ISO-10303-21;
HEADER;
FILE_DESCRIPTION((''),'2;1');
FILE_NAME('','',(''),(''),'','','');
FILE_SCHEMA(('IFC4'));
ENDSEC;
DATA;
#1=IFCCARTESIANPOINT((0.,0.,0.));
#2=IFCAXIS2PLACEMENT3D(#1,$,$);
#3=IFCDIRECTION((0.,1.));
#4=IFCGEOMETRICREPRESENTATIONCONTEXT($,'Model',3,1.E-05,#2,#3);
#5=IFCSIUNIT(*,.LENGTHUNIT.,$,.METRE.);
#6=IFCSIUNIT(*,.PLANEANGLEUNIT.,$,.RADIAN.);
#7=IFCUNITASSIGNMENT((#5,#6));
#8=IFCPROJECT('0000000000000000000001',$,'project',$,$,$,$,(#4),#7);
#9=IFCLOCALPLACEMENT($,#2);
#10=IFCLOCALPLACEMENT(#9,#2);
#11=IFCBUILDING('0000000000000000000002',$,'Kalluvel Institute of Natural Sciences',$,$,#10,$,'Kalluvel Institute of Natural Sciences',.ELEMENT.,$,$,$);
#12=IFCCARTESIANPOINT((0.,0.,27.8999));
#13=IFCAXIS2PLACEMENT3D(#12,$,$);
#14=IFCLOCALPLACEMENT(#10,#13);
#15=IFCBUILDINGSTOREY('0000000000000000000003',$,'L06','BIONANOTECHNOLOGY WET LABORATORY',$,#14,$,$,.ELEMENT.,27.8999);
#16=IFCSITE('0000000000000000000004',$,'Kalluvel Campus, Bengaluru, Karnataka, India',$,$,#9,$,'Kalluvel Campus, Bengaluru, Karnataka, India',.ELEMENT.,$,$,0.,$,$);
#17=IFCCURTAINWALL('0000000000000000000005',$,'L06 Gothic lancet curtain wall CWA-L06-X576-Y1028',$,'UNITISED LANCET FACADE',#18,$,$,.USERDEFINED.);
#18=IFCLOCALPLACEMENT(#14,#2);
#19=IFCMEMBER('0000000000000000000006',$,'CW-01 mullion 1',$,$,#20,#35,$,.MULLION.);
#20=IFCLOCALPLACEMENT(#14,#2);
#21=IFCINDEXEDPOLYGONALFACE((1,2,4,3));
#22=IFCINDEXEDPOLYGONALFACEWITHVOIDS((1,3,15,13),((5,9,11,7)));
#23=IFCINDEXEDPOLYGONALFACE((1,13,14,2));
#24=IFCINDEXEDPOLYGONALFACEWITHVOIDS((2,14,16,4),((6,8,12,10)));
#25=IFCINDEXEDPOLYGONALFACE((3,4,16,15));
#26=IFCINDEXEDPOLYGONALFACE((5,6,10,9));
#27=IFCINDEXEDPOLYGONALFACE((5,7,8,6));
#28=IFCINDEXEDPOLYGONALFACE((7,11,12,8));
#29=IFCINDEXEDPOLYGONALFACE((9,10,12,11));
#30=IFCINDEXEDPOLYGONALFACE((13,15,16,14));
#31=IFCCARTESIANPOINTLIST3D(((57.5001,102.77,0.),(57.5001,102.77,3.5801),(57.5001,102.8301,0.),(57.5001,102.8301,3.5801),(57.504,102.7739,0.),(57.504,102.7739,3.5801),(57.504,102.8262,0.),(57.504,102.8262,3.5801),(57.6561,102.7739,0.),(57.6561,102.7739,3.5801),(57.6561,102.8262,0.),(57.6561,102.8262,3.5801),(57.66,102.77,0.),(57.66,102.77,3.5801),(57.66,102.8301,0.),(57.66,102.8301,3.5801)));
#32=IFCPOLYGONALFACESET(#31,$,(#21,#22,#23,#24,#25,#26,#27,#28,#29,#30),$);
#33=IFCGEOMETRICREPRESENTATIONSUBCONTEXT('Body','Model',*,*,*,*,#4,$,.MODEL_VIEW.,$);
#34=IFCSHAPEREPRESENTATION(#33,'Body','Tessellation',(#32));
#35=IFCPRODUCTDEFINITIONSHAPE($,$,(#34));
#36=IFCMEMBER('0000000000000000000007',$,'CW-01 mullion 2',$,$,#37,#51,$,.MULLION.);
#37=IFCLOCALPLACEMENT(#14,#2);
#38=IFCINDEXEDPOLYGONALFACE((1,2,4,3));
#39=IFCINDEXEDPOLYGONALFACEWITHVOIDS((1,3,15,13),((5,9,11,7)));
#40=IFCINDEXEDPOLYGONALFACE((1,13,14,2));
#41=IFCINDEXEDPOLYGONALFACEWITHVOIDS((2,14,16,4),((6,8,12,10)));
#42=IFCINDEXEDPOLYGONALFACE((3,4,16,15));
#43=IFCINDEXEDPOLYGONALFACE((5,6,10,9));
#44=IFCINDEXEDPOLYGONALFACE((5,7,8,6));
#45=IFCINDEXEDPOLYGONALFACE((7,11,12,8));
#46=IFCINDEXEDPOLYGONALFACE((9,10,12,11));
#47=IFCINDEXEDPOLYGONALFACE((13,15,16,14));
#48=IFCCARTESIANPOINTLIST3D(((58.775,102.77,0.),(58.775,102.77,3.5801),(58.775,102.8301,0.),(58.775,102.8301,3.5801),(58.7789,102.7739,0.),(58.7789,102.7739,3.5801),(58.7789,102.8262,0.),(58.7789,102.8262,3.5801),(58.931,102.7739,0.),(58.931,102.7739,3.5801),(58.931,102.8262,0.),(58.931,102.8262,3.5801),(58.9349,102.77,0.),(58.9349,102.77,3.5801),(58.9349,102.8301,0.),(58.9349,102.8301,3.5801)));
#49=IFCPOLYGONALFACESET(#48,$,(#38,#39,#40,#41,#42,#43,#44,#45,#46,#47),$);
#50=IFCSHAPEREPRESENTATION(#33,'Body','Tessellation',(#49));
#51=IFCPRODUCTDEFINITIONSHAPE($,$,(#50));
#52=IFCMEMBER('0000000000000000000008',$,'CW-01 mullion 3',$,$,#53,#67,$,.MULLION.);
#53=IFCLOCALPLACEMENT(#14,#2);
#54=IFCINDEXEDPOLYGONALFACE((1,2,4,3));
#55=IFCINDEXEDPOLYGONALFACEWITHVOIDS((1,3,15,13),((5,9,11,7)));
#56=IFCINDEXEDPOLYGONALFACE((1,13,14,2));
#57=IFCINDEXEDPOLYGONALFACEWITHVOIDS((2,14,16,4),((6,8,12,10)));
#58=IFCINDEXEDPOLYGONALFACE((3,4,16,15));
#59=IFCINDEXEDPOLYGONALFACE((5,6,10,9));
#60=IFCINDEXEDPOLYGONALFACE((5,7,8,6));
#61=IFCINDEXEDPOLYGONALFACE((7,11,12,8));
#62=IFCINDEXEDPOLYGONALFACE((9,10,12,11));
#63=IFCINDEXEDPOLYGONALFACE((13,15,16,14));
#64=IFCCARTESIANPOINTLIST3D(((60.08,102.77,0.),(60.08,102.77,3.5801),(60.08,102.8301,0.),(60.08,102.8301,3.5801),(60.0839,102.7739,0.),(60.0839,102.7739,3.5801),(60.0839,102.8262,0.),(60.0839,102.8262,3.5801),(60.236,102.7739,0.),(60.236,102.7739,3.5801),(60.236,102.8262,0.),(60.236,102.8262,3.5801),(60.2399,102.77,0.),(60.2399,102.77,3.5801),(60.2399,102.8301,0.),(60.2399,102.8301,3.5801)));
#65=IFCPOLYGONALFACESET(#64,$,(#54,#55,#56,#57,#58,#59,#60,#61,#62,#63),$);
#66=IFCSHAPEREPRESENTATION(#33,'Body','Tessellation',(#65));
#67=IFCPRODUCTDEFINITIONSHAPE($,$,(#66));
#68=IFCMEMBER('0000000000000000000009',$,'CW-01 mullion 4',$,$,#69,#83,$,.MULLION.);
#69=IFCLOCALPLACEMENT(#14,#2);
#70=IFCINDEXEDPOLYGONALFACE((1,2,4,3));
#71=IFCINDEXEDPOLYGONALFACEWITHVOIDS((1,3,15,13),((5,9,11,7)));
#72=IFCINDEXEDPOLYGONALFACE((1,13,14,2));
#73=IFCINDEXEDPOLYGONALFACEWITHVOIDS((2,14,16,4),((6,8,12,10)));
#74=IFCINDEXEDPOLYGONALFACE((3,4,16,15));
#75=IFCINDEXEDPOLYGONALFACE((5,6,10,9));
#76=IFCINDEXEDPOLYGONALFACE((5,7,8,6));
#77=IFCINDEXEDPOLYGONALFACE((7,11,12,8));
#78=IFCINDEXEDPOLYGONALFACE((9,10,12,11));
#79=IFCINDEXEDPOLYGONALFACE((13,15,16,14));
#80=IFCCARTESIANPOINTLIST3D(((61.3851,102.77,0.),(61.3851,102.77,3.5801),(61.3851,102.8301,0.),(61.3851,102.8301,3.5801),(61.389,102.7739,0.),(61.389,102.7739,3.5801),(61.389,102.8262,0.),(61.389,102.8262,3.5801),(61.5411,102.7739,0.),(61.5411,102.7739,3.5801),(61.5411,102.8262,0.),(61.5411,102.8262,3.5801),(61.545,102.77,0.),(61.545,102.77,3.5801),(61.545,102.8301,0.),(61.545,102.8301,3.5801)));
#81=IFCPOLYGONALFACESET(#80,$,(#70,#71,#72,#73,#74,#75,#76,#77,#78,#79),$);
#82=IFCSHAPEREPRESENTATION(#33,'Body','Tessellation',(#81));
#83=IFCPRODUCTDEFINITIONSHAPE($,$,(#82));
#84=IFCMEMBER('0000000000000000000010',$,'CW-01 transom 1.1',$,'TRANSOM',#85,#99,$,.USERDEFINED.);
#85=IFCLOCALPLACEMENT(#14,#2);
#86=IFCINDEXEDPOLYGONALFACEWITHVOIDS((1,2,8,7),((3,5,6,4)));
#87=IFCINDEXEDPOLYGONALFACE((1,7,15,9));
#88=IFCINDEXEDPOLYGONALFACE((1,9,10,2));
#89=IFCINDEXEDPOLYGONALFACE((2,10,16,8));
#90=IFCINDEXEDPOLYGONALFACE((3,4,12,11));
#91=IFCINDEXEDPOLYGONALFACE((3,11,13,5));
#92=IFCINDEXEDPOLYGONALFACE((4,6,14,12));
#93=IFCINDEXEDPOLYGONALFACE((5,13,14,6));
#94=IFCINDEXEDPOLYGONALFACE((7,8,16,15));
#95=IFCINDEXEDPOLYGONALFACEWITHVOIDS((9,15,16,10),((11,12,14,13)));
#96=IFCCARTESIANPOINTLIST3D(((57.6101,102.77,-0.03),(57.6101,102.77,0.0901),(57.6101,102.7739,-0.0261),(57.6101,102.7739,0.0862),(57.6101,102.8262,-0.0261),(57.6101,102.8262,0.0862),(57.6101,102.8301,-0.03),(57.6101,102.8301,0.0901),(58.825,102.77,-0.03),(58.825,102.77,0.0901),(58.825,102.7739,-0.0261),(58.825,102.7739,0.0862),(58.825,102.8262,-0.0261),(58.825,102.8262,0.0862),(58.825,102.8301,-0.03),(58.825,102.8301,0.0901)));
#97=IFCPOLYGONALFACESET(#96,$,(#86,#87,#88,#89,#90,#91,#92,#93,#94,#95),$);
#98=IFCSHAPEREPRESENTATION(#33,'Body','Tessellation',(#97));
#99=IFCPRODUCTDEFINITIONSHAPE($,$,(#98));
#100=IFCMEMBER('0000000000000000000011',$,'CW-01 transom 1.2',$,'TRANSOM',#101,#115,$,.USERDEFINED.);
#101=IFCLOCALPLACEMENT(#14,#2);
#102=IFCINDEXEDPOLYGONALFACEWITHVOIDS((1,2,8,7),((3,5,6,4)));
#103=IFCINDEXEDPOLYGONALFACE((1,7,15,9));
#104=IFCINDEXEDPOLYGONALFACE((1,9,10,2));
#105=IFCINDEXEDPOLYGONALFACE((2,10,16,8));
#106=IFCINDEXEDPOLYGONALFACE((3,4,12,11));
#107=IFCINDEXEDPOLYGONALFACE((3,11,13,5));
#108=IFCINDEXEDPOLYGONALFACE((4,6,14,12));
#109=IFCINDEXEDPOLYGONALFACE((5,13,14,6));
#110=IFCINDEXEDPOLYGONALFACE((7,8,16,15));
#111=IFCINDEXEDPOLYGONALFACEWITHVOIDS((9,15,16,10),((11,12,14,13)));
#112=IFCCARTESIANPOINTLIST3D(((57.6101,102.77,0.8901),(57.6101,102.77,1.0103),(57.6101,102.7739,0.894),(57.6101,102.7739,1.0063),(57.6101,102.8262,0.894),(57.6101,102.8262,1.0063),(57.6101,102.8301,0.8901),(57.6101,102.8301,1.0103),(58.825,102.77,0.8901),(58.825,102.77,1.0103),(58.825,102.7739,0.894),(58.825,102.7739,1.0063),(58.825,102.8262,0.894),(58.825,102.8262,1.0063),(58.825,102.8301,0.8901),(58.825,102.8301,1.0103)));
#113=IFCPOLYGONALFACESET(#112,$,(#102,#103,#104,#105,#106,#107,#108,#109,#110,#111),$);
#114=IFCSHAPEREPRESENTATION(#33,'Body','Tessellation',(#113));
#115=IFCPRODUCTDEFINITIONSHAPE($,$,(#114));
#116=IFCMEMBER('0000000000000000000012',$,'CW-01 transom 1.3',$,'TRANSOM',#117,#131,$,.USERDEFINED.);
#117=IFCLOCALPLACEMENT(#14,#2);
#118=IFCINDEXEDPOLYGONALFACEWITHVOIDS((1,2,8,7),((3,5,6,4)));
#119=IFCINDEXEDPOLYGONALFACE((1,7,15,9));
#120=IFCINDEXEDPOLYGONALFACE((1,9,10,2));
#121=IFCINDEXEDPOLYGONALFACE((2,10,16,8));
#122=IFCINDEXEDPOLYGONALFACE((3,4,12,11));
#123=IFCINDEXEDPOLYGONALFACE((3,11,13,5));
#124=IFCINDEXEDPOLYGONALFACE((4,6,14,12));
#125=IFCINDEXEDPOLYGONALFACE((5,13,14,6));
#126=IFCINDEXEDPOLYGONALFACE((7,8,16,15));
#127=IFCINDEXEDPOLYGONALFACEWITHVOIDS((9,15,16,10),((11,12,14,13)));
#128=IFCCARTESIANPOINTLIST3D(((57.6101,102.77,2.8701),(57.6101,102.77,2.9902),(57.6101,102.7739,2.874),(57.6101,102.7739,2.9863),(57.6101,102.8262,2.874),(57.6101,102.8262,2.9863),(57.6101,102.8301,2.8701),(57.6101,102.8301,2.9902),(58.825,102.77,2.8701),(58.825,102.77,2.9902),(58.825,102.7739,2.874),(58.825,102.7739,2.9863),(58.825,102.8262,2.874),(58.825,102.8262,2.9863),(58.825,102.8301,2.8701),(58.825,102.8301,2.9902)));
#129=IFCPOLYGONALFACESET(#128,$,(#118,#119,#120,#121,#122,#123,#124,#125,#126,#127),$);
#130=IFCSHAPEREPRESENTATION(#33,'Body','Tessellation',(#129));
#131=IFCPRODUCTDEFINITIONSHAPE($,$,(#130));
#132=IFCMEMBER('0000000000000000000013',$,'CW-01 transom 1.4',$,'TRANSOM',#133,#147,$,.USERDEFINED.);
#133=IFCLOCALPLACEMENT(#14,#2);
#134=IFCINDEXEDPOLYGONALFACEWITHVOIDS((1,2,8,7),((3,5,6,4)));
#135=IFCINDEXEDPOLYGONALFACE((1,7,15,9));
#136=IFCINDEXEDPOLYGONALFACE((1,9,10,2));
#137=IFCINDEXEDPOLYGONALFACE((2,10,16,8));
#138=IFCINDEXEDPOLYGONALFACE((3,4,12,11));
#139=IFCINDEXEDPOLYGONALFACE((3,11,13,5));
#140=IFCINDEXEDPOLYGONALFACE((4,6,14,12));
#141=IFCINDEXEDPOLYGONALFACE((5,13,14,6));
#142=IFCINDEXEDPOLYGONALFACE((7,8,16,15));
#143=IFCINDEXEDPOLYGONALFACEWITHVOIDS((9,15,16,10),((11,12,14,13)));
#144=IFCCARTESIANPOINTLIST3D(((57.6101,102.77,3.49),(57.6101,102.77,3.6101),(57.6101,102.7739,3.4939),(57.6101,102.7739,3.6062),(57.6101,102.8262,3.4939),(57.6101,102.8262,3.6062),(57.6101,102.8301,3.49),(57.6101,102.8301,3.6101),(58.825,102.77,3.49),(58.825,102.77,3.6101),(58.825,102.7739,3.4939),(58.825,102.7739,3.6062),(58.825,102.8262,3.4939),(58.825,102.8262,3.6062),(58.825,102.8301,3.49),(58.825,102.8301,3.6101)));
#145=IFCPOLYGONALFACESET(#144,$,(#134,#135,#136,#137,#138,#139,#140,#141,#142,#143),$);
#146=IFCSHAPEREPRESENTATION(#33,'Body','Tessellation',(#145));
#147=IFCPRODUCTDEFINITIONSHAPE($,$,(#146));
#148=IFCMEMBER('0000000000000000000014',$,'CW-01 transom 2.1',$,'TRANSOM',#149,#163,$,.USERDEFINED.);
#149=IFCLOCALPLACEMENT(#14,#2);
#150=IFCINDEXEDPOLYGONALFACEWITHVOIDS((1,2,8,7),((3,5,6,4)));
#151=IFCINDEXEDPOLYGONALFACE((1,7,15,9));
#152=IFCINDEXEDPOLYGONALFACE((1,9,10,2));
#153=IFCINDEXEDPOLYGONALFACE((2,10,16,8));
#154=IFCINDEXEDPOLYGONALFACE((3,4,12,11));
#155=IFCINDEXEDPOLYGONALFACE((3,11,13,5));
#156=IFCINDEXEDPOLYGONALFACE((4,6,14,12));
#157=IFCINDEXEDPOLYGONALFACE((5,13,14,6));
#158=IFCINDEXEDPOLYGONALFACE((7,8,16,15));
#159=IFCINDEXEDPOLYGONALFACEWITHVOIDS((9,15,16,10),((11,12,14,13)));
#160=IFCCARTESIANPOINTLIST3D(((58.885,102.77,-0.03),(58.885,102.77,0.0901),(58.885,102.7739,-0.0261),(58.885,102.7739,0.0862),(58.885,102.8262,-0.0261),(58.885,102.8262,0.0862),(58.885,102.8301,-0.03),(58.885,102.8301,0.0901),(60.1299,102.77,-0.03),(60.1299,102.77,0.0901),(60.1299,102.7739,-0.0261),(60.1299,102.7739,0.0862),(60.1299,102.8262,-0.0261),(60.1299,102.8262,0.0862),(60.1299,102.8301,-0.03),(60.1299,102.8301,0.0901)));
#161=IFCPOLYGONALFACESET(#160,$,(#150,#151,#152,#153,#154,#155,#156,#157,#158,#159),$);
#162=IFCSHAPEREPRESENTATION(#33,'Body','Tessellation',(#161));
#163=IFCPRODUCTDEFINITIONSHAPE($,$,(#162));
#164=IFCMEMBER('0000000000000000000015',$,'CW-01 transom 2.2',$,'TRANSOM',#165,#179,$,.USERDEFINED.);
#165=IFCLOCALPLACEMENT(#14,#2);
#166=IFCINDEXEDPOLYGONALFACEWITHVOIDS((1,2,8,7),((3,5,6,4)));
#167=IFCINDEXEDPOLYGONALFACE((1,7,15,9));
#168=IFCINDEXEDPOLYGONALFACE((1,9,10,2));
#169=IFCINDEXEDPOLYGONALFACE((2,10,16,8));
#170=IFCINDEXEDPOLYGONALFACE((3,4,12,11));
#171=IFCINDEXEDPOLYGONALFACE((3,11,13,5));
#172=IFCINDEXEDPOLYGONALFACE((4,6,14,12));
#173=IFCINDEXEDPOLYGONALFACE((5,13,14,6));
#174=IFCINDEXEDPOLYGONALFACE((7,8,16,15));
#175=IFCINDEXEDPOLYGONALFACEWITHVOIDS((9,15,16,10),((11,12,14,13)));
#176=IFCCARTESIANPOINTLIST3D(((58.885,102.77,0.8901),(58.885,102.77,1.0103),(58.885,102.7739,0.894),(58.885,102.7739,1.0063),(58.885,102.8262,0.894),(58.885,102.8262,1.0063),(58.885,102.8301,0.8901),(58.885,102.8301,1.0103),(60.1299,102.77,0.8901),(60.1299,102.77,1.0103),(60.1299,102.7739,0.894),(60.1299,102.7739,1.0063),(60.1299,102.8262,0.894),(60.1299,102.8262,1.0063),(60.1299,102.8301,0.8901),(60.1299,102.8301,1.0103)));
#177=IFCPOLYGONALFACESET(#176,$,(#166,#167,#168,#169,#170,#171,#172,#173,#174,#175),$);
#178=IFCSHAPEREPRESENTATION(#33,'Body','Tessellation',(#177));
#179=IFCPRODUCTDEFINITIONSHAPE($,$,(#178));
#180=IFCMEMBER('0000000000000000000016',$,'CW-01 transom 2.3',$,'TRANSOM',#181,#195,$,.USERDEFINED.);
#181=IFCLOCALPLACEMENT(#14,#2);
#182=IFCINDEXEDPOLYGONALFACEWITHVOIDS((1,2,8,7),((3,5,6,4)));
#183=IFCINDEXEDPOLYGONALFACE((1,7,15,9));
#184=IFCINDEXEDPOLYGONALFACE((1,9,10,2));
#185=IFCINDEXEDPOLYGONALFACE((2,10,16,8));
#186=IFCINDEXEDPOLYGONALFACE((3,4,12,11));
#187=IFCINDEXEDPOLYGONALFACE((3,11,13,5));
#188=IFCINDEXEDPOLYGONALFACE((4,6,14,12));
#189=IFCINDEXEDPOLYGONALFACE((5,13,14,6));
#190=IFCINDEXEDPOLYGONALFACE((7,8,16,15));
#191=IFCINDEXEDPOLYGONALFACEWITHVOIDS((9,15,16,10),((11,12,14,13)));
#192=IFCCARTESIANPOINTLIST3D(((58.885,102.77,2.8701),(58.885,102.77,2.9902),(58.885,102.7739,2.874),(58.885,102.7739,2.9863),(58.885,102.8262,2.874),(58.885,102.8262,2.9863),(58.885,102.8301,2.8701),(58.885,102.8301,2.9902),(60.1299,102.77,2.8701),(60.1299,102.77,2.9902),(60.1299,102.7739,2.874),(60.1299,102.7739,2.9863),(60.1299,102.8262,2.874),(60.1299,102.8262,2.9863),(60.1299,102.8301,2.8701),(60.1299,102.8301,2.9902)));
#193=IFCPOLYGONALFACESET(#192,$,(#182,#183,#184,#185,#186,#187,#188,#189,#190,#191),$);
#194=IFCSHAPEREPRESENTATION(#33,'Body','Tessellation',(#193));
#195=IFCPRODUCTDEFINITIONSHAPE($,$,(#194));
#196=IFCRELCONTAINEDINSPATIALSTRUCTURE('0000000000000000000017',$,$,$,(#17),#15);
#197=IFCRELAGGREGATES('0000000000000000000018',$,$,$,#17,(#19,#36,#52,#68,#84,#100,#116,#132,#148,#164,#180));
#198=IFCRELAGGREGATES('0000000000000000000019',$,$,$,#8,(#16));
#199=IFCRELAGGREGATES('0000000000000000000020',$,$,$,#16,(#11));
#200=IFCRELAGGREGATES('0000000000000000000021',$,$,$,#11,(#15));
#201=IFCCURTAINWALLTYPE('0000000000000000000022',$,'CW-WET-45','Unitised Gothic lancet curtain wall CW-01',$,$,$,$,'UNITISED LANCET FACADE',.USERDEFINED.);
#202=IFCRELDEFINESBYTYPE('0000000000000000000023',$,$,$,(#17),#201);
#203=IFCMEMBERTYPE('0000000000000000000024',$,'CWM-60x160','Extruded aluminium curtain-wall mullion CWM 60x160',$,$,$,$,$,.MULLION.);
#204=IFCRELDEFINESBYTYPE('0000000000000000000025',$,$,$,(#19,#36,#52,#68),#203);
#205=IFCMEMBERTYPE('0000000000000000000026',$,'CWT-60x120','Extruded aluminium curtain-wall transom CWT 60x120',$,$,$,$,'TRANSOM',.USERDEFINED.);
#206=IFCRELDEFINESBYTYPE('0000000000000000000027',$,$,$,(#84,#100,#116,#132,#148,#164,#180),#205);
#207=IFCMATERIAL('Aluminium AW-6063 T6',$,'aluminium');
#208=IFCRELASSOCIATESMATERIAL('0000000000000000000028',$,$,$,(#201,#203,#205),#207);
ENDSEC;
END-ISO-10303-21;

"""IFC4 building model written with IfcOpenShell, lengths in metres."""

from ifc_helpers import new_model, si_unit, direction, frame, origin, origin_2d, place, context, subcontext, project, spatial, hollow_rectangle, extrude, material, material_profile, profile_set, type_object, element, aggregate, save


model = new_model("IFC4")

# Units and contexts
model_context = context("Model", 3, precision=1e-05, world=origin(), true_north=direction((0.0, 1.0)))
body_context = subcontext(model_context, "Body", "Model", "MODEL_VIEW")
ifc_project = project(units=[si_unit("LENGTHUNIT", "METRE"), si_unit("PLANEANGLEUNIT", "RADIAN")], contexts=[model_context])

# Site, building, storey
site_placement = place(None, origin())
site = spatial("IfcSite", under=ifc_project, at=site_placement, Name="Kalluvel Campus, Bengaluru, Karnataka, India", LongName="Kalluvel Campus, Bengaluru, Karnataka, India", CompositionType="ELEMENT", RefElevation=0.0)
building_placement = place(site_placement, origin())
building = spatial("IfcBuilding", under=site, at=building_placement, Name="Kalluvel Institute of Natural Sciences", LongName="Kalluvel Institute of Natural Sciences", CompositionType="ELEMENT")
storey_placement = place(building_placement, frame((0.0, 0.0, 27.8999)))
storey = spatial("IfcBuildingStorey", under=building, at=storey_placement, Name="L06", Description="BIONANOTECHNOLOGY WET LABORATORY", CompositionType="ELEMENT", Elevation=27.8999)

# Curtain wall, members
ifc_material_1 = material(Name="Aluminium AW-6063 T6", Category="aluminium")
curtain_wall_type = type_object("IfcCurtainWallType", Name="CW-WET-45", Description="Unitised Gothic lancet curtain wall CW-01", ElementType="UNITISED LANCET FACADE", PredefinedType="USERDEFINED", material=ifc_material_1)
curtain_wall_placement = place(storey_placement, origin())
curtain_wall = element("IfcCurtainWall", 1, at=curtain_wall_placement, inside=storey, type_object=curtain_wall_type, Name="L06 Gothic lancet curtain wall CWA-L06-X576-Y1028", ObjectType="UNITISED LANCET FACADE", PredefinedType="USERDEFINED")
ifc_material_profile_1 = material_profile(ifc_material_1, hollow_rectangle(XDim=0.0601, YDim=0.1599, WallThickness=0.0039, at=origin_2d()), Name="CWM 60x160")
ifc_profile_set_1 = profile_set([ifc_material_profile_1], Name="Aluminium AW-6063 T6")
member_type_1 = type_object("IfcMemberType", Name="CWM-60x160", Description="Extruded aluminium curtain-wall mullion CWM 60x160", PredefinedType="MULLION", material=ifc_profile_set_1)
member_1_placement = place(storey_placement, frame((57.5801, 102.8, 0.0), z_axis=(0.0, 0.0, 1.0), x_axis=(0.0, 1.0, 0.0)))
member_1 = element("IfcMember", 2, at=member_1_placement, type_object=member_type_1, Name="CW-01 mullion 1", PredefinedType="MULLION", context=body_context, shape_type="SweptSolid", body=[
    extrude(hollow_rectangle(XDim=0.0601, YDim=0.1599, WallThickness=0.0039, at=origin_2d()), origin(), (0.0, 0.0, 1.0), 3.5801),
])
member_2_placement = place(storey_placement, frame((58.855, 102.8, 0.0), z_axis=(0.0, 0.0, 1.0), x_axis=(0.0, 1.0, 0.0)))
member_2 = element("IfcMember", 3, at=member_2_placement, type_object=member_type_1, Name="CW-01 mullion 2", PredefinedType="MULLION", context=body_context, shape_type="SweptSolid", body=[
    extrude(hollow_rectangle(XDim=0.0601, YDim=0.1599, WallThickness=0.0039, at=origin_2d()), origin(), (0.0, 0.0, 1.0), 3.5801),
])
member_3_placement = place(storey_placement, frame((60.1599, 102.8, 0.0), z_axis=(0.0, 0.0, 1.0), x_axis=(0.0, 1.0, 0.0)))
member_3 = element("IfcMember", 4, at=member_3_placement, type_object=member_type_1, Name="CW-01 mullion 3", PredefinedType="MULLION", context=body_context, shape_type="SweptSolid", body=[
    extrude(hollow_rectangle(XDim=0.0601, YDim=0.1599, WallThickness=0.0039, at=origin_2d()), origin(), (0.0, 0.0, 1.0), 3.5801),
])
member_4_placement = place(storey_placement, frame((61.4651, 102.8, 0.0), z_axis=(0.0, 0.0, 1.0), x_axis=(0.0, 1.0, 0.0)))
member_4 = element("IfcMember", 5, at=member_4_placement, type_object=member_type_1, Name="CW-01 mullion 4", PredefinedType="MULLION", context=body_context, shape_type="SweptSolid", body=[
    extrude(hollow_rectangle(XDim=0.0601, YDim=0.1599, WallThickness=0.0039, at=origin_2d()), origin(), (0.0, 0.0, 1.0), 3.5801),
])
ifc_material_profile_2 = material_profile(ifc_material_1, hollow_rectangle(XDim=0.0601, YDim=0.1201, WallThickness=0.0039, at=origin_2d()), Name="CWT 60x120")
ifc_profile_set_2 = profile_set([ifc_material_profile_2], Name="Aluminium AW-6063 T6")
member_type_2 = type_object("IfcMemberType", Name="CWT-60x120", Description="Extruded aluminium curtain-wall transom CWT 60x120", ElementType="TRANSOM", PredefinedType="USERDEFINED", material=ifc_profile_set_2)
member_5_placement = place(storey_placement, frame((57.6101, 102.8, 0.03), z_axis=(1.0, 0.0, 0.0), x_axis=(0.0, 1.0, 0.0)))
member_5 = element("IfcMember", 6, at=member_5_placement, type_object=member_type_2, Name="CW-01 transom 1.1", ObjectType="TRANSOM", PredefinedType="USERDEFINED", context=body_context, shape_type="SweptSolid", body=[
    extrude(hollow_rectangle(XDim=0.0601, YDim=0.1201, WallThickness=0.0039, at=origin_2d()), origin(), (0.0, 0.0, 1.0), 1.2148),
])
member_6_placement = place(storey_placement, frame((57.6101, 102.8, 0.9502), z_axis=(1.0, 0.0, 0.0), x_axis=(0.0, 1.0, 0.0)))
member_6 = element("IfcMember", 7, at=member_6_placement, type_object=member_type_2, Name="CW-01 transom 1.2", ObjectType="TRANSOM", PredefinedType="USERDEFINED", context=body_context, shape_type="SweptSolid", body=[
    extrude(hollow_rectangle(XDim=0.0601, YDim=0.1201, WallThickness=0.0039, at=origin_2d()), origin(), (0.0, 0.0, 1.0), 1.2148),
])
member_7_placement = place(storey_placement, frame((57.6101, 102.8, 2.9302), z_axis=(1.0, 0.0, 0.0), x_axis=(0.0, 1.0, 0.0)))
member_7 = element("IfcMember", 8, at=member_7_placement, type_object=member_type_2, Name="CW-01 transom 1.3", ObjectType="TRANSOM", PredefinedType="USERDEFINED", context=body_context, shape_type="SweptSolid", body=[
    extrude(hollow_rectangle(XDim=0.0601, YDim=0.1201, WallThickness=0.0039, at=origin_2d()), origin(), (0.0, 0.0, 1.0), 1.2148),
])
member_8_placement = place(storey_placement, frame((57.6101, 102.8, 3.55), z_axis=(1.0, 0.0, 0.0), x_axis=(0.0, 1.0, 0.0)))
member_8 = element("IfcMember", 9, at=member_8_placement, type_object=member_type_2, Name="CW-01 transom 1.4", ObjectType="TRANSOM", PredefinedType="USERDEFINED", context=body_context, shape_type="SweptSolid", body=[
    extrude(hollow_rectangle(XDim=0.0601, YDim=0.1201, WallThickness=0.0039, at=origin_2d()), origin(), (0.0, 0.0, 1.0), 1.2148),
])
member_9_placement = place(storey_placement, frame((58.885, 102.8, 0.03), z_axis=(1.0, 0.0, 0.0), x_axis=(0.0, 1.0, 0.0)))
member_9 = element("IfcMember", 10, at=member_9_placement, type_object=member_type_2, Name="CW-01 transom 2.1", ObjectType="TRANSOM", PredefinedType="USERDEFINED", context=body_context, shape_type="SweptSolid", body=[
    extrude(hollow_rectangle(XDim=0.0601, YDim=0.1201, WallThickness=0.0039, at=origin_2d()), origin(), (0.0, 0.0, 1.0), 1.2449),
])
member_10_placement = place(storey_placement, frame((58.885, 102.8, 0.9502), z_axis=(1.0, 0.0, 0.0), x_axis=(0.0, 1.0, 0.0)))
member_10 = element("IfcMember", 11, at=member_10_placement, type_object=member_type_2, Name="CW-01 transom 2.2", ObjectType="TRANSOM", PredefinedType="USERDEFINED", context=body_context, shape_type="SweptSolid", body=[
    extrude(hollow_rectangle(XDim=0.0601, YDim=0.1201, WallThickness=0.0039, at=origin_2d()), origin(), (0.0, 0.0, 1.0), 1.2449),
])
member_11_placement = place(storey_placement, frame((58.885, 102.8, 2.9302), z_axis=(1.0, 0.0, 0.0), x_axis=(0.0, 1.0, 0.0)))
member_11 = element("IfcMember", 12, at=member_11_placement, type_object=member_type_2, Name="CW-01 transom 2.3", ObjectType="TRANSOM", PredefinedType="USERDEFINED", context=body_context, shape_type="SweptSolid", body=[
    extrude(hollow_rectangle(XDim=0.0601, YDim=0.1201, WallThickness=0.0039, at=origin_2d()), origin(), (0.0, 0.0, 1.0), 1.2449),
])
aggregate(curtain_wall, [member_1, member_2, member_3, member_4, member_5, member_6, member_7, member_8, member_9, member_10, member_11])

save(model, "model.ifc")
